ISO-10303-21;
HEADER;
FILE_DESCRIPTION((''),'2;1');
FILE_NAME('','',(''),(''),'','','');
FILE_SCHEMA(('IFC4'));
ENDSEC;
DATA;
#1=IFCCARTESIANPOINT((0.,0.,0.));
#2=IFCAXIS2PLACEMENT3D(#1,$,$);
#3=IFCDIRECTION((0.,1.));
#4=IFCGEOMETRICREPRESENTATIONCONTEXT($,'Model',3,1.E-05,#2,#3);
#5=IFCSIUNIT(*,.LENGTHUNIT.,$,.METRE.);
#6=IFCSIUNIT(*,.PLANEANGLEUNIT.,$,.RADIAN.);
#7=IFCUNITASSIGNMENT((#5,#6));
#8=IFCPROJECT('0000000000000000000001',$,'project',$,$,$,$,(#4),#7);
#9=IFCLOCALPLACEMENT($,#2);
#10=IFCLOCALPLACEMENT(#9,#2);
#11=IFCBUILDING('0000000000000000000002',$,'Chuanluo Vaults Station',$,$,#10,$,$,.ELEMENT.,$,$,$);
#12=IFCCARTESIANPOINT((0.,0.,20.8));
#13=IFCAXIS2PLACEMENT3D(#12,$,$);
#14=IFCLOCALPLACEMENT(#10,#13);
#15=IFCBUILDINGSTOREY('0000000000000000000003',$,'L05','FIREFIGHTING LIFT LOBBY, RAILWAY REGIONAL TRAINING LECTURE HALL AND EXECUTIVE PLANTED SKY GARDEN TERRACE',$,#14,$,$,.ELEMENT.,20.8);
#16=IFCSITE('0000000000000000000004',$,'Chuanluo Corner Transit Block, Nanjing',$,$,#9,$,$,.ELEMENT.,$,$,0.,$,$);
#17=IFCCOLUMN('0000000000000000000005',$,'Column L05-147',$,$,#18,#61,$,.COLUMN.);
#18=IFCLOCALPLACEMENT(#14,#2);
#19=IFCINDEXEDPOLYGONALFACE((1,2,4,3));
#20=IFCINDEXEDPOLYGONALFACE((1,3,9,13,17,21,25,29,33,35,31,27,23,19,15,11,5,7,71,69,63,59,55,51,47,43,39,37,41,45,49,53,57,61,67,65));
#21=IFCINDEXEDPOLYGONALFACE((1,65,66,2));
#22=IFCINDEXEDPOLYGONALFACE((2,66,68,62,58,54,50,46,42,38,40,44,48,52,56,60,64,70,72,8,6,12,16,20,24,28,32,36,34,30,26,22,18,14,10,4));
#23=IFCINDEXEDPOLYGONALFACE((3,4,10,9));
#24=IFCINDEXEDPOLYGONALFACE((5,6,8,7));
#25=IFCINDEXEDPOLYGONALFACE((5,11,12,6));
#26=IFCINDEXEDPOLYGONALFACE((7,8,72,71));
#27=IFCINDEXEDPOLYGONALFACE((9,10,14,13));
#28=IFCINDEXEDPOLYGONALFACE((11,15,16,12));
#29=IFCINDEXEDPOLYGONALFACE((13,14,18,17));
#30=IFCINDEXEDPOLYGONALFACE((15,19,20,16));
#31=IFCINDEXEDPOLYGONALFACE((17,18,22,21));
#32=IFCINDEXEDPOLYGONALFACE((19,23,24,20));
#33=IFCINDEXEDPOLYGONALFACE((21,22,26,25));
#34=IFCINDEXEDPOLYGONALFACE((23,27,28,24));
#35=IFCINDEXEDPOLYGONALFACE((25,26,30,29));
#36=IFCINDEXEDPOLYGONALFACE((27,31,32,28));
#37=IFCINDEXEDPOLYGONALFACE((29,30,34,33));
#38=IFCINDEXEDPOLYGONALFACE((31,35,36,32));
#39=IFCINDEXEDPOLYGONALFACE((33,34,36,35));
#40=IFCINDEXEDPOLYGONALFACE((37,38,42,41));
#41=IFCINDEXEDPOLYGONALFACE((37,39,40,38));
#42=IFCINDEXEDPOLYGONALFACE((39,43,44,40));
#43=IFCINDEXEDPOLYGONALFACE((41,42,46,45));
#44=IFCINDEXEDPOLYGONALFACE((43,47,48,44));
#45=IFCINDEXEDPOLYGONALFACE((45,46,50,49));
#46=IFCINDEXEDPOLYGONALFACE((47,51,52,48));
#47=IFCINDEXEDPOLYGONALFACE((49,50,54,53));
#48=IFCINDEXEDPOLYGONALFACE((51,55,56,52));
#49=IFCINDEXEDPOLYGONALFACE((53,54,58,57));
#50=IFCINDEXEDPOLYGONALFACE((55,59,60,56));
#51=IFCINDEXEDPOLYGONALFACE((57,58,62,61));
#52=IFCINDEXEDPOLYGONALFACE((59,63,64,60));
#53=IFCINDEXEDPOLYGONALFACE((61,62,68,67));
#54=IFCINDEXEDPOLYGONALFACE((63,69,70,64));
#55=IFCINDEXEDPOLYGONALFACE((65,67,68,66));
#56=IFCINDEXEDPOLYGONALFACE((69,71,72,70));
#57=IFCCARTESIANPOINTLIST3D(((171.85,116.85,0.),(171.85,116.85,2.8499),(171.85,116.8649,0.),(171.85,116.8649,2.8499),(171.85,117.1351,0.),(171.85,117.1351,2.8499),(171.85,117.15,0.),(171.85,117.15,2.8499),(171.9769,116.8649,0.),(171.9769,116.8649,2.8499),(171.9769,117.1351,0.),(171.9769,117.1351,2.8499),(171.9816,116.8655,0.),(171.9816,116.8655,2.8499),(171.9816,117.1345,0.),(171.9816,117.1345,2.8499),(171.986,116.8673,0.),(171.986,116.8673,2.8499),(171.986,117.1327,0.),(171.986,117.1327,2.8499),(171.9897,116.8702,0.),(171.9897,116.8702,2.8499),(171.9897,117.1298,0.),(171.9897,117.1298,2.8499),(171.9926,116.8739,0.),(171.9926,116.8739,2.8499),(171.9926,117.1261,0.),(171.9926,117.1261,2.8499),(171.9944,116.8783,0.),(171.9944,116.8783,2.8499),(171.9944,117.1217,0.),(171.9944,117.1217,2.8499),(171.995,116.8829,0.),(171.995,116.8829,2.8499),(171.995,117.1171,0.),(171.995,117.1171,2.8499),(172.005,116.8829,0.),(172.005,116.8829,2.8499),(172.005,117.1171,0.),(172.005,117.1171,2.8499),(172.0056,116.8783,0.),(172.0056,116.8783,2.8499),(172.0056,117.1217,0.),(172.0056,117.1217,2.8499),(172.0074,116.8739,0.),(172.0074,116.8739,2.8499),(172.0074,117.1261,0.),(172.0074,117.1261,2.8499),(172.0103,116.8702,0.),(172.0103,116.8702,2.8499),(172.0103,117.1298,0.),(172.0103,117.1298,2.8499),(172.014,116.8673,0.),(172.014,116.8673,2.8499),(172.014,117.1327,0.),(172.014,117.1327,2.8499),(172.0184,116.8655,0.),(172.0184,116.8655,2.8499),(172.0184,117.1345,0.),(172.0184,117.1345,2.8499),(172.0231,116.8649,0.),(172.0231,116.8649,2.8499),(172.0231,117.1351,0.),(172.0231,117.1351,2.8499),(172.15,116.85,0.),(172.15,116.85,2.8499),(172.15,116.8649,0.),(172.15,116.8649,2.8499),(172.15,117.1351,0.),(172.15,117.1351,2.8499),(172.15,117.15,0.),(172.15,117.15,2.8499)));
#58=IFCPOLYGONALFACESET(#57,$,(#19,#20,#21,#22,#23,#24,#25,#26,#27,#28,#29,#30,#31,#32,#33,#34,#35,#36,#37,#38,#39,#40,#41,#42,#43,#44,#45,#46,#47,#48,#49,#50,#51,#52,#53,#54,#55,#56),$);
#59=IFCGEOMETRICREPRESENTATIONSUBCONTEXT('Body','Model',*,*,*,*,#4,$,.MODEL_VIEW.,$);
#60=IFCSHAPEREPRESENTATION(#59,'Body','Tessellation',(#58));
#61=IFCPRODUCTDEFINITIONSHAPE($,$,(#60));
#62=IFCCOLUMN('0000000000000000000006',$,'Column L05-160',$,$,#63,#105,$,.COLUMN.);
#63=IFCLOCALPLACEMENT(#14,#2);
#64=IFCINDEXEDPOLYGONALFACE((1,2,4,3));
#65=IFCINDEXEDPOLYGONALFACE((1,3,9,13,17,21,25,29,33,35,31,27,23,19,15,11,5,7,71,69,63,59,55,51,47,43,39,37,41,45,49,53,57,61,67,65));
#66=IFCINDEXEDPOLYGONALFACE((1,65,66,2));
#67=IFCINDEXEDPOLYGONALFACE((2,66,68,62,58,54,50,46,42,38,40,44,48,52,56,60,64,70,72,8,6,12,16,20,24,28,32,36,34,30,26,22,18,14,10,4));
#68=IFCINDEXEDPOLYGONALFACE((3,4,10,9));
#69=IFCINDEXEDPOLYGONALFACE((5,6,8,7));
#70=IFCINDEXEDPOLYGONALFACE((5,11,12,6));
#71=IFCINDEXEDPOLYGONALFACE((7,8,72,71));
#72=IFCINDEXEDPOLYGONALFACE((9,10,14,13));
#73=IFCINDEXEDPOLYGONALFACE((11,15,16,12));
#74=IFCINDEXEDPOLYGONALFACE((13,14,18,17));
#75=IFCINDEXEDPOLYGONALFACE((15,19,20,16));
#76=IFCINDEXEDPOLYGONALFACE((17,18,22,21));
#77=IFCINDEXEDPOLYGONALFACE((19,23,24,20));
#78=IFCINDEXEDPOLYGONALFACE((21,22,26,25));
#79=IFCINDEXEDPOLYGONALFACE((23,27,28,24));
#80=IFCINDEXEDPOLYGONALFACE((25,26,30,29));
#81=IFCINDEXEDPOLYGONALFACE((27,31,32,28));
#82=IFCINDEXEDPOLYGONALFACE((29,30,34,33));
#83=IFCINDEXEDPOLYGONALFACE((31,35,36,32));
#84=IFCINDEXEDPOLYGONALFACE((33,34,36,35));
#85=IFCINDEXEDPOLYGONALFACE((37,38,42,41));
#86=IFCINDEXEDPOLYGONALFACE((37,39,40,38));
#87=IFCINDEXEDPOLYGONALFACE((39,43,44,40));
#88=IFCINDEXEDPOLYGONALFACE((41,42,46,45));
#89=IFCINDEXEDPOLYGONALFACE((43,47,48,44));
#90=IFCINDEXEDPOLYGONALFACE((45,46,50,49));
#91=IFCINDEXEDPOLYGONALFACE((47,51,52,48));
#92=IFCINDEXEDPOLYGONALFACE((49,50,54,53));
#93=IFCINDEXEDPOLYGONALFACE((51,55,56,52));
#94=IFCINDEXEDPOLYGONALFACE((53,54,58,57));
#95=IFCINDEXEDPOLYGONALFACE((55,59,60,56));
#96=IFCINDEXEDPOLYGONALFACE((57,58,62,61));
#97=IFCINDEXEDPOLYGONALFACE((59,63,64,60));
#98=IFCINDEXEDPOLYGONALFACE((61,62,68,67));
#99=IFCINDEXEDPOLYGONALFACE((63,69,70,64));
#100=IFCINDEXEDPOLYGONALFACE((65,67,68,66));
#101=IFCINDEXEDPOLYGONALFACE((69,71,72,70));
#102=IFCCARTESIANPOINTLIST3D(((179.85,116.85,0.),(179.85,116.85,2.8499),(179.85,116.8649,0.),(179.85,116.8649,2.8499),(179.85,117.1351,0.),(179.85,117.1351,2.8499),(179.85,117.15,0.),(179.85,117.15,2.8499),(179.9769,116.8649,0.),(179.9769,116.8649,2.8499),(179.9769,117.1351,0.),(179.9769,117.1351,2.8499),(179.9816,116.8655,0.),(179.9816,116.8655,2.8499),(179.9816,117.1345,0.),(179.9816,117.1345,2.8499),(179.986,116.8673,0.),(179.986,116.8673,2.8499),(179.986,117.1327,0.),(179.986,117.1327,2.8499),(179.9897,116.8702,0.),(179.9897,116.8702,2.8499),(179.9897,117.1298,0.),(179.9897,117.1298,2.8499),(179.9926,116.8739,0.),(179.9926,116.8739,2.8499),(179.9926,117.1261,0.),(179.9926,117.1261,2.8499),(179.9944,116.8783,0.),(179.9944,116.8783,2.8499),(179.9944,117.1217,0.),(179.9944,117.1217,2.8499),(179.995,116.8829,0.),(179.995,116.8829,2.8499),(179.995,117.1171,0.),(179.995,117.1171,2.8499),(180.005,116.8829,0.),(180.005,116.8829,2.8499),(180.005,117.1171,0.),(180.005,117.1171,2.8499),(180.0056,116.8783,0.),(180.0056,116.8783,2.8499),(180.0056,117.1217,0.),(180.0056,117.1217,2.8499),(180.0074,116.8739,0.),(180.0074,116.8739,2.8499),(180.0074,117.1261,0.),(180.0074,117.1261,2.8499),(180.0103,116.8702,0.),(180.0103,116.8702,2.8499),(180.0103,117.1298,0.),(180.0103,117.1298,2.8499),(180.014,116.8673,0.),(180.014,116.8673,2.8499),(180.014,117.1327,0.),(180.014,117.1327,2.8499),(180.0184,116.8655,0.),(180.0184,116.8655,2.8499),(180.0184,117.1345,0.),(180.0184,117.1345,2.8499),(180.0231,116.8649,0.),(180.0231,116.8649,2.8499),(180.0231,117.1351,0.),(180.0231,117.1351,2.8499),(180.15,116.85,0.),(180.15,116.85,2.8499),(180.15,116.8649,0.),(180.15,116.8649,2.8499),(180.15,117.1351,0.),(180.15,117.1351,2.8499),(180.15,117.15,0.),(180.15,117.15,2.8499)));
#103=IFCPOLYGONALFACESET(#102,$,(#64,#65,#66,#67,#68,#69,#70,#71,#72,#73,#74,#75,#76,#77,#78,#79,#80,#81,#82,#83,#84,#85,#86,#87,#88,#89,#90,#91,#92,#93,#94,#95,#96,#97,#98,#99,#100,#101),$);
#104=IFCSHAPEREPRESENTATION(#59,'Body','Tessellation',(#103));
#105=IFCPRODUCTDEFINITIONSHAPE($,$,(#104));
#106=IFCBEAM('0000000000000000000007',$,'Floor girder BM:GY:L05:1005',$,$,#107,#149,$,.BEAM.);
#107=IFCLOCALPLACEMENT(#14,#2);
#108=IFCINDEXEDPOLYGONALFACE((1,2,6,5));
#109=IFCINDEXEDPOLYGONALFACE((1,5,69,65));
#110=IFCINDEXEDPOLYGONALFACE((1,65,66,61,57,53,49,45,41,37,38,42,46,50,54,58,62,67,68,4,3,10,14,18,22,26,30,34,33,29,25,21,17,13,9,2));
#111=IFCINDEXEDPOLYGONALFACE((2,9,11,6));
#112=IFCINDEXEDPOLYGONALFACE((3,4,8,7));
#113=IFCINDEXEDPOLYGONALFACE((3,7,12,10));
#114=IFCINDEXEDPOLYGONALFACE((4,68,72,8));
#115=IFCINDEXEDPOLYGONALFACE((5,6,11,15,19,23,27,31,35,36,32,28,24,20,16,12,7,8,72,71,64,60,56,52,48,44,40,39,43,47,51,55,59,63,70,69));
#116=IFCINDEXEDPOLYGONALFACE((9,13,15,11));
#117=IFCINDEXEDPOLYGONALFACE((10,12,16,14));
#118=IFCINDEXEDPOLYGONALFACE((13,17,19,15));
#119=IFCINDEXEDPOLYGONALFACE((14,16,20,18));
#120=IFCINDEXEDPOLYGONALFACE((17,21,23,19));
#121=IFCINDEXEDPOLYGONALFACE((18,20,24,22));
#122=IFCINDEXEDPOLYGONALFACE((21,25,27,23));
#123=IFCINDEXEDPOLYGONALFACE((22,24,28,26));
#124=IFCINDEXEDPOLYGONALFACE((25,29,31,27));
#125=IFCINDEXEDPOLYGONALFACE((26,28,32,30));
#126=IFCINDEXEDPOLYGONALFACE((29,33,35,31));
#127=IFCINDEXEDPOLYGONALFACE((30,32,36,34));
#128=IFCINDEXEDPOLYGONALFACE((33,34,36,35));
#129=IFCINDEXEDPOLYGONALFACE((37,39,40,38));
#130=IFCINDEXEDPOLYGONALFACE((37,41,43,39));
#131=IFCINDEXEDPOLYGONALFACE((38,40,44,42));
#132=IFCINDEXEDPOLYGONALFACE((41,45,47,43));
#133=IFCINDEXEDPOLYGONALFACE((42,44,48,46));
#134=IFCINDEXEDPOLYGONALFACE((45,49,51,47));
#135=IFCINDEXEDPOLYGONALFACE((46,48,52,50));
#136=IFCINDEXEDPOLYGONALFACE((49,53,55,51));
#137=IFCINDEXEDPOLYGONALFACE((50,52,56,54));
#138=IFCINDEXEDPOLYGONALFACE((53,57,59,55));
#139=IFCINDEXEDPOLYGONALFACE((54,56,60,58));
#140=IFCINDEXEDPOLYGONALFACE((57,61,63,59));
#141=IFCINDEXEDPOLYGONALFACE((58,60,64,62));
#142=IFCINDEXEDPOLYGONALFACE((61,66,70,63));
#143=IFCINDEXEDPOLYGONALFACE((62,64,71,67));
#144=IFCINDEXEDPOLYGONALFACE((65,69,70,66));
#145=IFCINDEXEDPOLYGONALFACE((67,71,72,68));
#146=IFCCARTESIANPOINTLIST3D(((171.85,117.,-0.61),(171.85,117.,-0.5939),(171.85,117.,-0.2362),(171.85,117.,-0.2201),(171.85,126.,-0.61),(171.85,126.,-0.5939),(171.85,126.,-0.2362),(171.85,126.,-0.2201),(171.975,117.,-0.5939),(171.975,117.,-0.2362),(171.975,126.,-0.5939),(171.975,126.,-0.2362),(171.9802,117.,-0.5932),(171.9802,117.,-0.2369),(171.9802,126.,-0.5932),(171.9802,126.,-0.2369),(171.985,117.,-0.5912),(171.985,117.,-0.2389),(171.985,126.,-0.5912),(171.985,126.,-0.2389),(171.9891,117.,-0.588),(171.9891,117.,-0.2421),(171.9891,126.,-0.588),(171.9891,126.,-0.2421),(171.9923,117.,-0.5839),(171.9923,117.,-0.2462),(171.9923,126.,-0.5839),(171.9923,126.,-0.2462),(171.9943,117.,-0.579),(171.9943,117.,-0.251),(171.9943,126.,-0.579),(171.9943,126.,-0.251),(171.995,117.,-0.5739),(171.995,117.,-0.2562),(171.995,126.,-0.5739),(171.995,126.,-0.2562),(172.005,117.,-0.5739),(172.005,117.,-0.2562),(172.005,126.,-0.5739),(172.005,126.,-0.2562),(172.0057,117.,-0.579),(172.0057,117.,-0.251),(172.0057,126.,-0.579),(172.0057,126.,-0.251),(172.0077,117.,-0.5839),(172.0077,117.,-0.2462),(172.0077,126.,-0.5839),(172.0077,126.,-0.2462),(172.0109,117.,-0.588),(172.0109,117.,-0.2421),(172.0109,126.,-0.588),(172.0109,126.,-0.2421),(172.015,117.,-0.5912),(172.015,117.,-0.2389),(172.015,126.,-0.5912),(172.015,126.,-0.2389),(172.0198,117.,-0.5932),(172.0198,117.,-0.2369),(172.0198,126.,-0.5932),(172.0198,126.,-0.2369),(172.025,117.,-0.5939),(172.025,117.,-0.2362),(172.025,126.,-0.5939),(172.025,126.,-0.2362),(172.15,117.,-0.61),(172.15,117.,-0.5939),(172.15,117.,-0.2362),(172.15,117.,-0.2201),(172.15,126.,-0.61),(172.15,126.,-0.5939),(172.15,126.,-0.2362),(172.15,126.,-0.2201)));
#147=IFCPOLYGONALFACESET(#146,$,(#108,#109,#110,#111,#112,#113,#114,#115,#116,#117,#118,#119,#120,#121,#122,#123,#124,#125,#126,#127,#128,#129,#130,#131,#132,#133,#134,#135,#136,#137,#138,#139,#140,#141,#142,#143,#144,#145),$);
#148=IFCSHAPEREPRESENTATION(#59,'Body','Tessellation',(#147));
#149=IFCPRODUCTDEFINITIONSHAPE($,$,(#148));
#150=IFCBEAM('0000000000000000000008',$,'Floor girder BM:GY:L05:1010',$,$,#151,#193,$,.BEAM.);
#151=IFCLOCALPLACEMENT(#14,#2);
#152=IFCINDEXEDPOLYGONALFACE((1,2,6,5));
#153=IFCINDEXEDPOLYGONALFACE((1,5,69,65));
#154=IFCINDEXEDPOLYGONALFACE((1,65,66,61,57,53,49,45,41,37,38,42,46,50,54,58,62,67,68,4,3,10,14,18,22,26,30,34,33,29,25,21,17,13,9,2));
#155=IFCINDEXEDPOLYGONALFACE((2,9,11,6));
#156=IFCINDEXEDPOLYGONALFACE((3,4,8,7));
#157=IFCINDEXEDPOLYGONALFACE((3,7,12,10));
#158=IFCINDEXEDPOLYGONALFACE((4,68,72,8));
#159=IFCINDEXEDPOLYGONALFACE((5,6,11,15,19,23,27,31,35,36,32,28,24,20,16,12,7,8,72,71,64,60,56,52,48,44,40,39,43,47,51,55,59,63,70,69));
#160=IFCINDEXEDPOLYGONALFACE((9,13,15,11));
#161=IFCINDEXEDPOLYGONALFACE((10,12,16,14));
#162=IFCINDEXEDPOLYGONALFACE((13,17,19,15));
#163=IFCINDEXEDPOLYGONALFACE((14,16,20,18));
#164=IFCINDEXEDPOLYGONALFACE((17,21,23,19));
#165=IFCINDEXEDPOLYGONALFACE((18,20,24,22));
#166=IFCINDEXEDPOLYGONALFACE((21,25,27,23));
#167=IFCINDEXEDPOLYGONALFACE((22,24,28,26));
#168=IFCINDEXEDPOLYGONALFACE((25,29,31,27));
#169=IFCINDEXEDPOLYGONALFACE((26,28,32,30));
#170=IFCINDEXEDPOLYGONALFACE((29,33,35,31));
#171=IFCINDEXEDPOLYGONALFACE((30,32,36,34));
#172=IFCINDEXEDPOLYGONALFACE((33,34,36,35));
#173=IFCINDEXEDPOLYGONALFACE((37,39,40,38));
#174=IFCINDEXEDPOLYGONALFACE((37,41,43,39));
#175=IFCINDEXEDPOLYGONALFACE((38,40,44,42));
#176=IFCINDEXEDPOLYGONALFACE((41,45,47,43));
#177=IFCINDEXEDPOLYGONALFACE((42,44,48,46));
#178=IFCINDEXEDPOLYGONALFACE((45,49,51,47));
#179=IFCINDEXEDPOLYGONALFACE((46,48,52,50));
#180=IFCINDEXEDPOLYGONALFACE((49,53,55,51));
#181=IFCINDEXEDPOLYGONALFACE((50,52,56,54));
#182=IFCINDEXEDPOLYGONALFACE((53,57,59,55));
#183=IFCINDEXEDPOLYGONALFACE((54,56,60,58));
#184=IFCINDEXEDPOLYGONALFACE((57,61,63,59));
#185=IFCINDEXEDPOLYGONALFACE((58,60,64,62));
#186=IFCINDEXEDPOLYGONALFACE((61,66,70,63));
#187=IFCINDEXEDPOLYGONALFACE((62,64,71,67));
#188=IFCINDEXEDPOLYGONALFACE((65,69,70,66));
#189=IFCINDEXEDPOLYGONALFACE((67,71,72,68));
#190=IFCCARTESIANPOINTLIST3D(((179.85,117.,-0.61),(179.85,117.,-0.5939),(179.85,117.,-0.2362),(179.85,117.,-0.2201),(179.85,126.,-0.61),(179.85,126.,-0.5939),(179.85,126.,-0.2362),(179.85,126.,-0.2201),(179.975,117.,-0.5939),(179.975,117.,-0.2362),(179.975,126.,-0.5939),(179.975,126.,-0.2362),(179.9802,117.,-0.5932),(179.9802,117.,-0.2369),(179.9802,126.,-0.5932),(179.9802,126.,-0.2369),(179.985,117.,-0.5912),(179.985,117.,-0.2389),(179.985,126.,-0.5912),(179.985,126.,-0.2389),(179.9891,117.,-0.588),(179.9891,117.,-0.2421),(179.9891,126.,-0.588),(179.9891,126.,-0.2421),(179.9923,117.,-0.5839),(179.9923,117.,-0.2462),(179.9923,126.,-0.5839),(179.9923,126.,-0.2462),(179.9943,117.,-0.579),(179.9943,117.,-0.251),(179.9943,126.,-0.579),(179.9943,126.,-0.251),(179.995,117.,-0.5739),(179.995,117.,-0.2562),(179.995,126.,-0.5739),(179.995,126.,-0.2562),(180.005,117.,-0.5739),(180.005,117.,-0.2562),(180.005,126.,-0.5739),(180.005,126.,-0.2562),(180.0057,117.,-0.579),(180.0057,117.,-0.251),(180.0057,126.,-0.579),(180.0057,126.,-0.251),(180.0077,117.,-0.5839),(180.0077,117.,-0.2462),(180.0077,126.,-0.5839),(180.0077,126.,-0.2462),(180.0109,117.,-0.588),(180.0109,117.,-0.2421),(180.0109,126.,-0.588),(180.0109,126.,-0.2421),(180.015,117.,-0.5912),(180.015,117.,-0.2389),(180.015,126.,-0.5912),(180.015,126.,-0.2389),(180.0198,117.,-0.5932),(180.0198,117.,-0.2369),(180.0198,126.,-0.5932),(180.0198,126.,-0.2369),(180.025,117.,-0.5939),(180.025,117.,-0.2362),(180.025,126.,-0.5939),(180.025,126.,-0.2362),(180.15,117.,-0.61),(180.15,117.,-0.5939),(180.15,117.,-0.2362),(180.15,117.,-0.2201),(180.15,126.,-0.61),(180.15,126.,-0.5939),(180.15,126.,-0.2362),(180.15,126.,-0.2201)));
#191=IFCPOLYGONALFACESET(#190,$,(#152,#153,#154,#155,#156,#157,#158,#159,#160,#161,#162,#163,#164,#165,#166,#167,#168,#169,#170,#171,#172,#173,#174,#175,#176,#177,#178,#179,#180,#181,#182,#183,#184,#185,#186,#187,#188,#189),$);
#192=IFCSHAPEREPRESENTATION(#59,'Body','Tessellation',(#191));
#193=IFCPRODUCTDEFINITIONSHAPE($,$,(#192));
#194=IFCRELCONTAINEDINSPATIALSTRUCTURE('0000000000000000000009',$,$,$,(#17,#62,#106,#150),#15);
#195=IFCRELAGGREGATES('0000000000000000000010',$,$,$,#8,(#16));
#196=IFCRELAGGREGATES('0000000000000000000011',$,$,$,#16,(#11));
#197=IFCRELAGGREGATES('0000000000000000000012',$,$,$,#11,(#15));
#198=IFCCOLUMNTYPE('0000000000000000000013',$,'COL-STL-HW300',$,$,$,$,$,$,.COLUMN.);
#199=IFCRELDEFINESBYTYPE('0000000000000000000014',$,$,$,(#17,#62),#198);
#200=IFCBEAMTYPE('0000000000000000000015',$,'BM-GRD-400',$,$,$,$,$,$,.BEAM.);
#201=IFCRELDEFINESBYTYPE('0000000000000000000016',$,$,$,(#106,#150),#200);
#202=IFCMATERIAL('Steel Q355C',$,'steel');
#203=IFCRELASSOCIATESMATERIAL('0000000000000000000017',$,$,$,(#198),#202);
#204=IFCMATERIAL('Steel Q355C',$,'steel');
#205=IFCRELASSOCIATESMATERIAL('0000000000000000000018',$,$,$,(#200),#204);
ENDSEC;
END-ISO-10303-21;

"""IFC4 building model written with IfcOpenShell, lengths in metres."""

from ifc_helpers import new_model, si_unit, direction, frame, origin, origin_2d, place, context, subcontext, project, spatial, i_section, extrude, material, material_profile, profile_set, type_object, element, save


model = new_model("IFC4")

# Units and contexts
model_context = context("Model", 3, precision=1e-05, world=origin(), true_north=direction((0.0, 1.0)))
body_context = subcontext(model_context, "Body", "Model", "MODEL_VIEW")
ifc_project = project(units=[si_unit("LENGTHUNIT", "METRE"), si_unit("PLANEANGLEUNIT", "RADIAN")], contexts=[model_context])

# Site, building, storey
site_placement = place(None, origin())
site = spatial("IfcSite", under=ifc_project, at=site_placement, Name="Chuanluo Corner Transit Block, Nanjing", CompositionType="ELEMENT", RefElevation=0.0)
building_placement = place(site_placement, origin())
building = spatial("IfcBuilding", under=site, at=building_placement, Name="Chuanluo Vaults Station", CompositionType="ELEMENT")
storey_placement = place(building_placement, frame((0.0, 0.0, 20.8)))
storey = spatial("IfcBuildingStorey", under=building, at=storey_placement, Name="L05", Description="FIREFIGHTING LIFT LOBBY, RAILWAY REGIONAL TRAINING LECTURE HALL AND EXECUTIVE PLANTED SKY GARDEN TERRACE", CompositionType="ELEMENT", Elevation=20.8)

# Columns
ifc_material_1 = material(Name="Steel Q355C", Category="steel")
ifc_material_profile_1 = material_profile(ifc_material_1, i_section(OverallWidth=0.3, OverallDepth=0.3, WebThickness=0.01, FlangeThickness=0.0149, FilletRadius=0.0181, at=origin_2d()))
ifc_profile_set_1 = profile_set([ifc_material_profile_1], Name="Steel Q355C")
column_type = type_object("IfcColumnType", Name="COL-STL-HW300", PredefinedType="COLUMN", material=ifc_profile_set_1)
for number, where, z_axis, x_axis, name in (
    (1, (172.0, 117.0, 0.0), (0.0, 0.0, 1.0), (1.0, 0.0, 0.0), "Column L05-147"),
    (2, (180.0, 117.0, 0.0), (0.0, 0.0, 1.0), (1.0, 0.0, 0.0), "Column L05-160"),
):
    element("IfcColumn", number, at=place(storey_placement, frame(where, z_axis=z_axis, x_axis=x_axis)), inside=storey, type_object=column_type, Name=name, PredefinedType="COLUMN", context=body_context, shape_type="SweptSolid", body=[
        extrude(i_section(OverallWidth=0.3, OverallDepth=0.3, WebThickness=0.01, FlangeThickness=0.0149, FilletRadius=0.0181, at=origin_2d()), origin(), (0.0, 0.0, 1.0), 2.8499),
    ])

# Beams
ifc_material_2 = material(Name="Steel Q355C", Category="steel")
ifc_material_profile_2 = material_profile(ifc_material_2, i_section(OverallWidth=0.3, OverallDepth=0.3899, WebThickness=0.01, FlangeThickness=0.0161, FilletRadius=0.02, at=origin_2d()))
ifc_profile_set_2 = profile_set([ifc_material_profile_2], Name="Steel Q355C")
beam_type_1 = type_object("IfcBeamType", Name="BM-GRD-400", PredefinedType="BEAM", material=ifc_profile_set_2)
for number, where, z_axis, x_axis, name in (
    (3, (172.0, 117.0, -0.415), (0.0, 1.0, 0.0), (-1.0, 0.0, 0.0), "Floor girder BM:GY:L05:1005"),
    (4, (180.0, 117.0, -0.415), (0.0, 1.0, 0.0), (-1.0, 0.0, 0.0), "Floor girder BM:GY:L05:1010"),
):
    element("IfcBeam", number, at=place(storey_placement, frame(where, z_axis=z_axis, x_axis=x_axis)), inside=storey, type_object=beam_type_1, Name=name, PredefinedType="BEAM", context=body_context, shape_type="SweptSolid", body=[
        extrude(i_section(OverallWidth=0.3, OverallDepth=0.3899, WebThickness=0.01, FlangeThickness=0.0161, FilletRadius=0.02, at=origin_2d()), origin(), (0.0, 0.0, 1.0), 9.0),
    ])

save(model, "model.ifc")
